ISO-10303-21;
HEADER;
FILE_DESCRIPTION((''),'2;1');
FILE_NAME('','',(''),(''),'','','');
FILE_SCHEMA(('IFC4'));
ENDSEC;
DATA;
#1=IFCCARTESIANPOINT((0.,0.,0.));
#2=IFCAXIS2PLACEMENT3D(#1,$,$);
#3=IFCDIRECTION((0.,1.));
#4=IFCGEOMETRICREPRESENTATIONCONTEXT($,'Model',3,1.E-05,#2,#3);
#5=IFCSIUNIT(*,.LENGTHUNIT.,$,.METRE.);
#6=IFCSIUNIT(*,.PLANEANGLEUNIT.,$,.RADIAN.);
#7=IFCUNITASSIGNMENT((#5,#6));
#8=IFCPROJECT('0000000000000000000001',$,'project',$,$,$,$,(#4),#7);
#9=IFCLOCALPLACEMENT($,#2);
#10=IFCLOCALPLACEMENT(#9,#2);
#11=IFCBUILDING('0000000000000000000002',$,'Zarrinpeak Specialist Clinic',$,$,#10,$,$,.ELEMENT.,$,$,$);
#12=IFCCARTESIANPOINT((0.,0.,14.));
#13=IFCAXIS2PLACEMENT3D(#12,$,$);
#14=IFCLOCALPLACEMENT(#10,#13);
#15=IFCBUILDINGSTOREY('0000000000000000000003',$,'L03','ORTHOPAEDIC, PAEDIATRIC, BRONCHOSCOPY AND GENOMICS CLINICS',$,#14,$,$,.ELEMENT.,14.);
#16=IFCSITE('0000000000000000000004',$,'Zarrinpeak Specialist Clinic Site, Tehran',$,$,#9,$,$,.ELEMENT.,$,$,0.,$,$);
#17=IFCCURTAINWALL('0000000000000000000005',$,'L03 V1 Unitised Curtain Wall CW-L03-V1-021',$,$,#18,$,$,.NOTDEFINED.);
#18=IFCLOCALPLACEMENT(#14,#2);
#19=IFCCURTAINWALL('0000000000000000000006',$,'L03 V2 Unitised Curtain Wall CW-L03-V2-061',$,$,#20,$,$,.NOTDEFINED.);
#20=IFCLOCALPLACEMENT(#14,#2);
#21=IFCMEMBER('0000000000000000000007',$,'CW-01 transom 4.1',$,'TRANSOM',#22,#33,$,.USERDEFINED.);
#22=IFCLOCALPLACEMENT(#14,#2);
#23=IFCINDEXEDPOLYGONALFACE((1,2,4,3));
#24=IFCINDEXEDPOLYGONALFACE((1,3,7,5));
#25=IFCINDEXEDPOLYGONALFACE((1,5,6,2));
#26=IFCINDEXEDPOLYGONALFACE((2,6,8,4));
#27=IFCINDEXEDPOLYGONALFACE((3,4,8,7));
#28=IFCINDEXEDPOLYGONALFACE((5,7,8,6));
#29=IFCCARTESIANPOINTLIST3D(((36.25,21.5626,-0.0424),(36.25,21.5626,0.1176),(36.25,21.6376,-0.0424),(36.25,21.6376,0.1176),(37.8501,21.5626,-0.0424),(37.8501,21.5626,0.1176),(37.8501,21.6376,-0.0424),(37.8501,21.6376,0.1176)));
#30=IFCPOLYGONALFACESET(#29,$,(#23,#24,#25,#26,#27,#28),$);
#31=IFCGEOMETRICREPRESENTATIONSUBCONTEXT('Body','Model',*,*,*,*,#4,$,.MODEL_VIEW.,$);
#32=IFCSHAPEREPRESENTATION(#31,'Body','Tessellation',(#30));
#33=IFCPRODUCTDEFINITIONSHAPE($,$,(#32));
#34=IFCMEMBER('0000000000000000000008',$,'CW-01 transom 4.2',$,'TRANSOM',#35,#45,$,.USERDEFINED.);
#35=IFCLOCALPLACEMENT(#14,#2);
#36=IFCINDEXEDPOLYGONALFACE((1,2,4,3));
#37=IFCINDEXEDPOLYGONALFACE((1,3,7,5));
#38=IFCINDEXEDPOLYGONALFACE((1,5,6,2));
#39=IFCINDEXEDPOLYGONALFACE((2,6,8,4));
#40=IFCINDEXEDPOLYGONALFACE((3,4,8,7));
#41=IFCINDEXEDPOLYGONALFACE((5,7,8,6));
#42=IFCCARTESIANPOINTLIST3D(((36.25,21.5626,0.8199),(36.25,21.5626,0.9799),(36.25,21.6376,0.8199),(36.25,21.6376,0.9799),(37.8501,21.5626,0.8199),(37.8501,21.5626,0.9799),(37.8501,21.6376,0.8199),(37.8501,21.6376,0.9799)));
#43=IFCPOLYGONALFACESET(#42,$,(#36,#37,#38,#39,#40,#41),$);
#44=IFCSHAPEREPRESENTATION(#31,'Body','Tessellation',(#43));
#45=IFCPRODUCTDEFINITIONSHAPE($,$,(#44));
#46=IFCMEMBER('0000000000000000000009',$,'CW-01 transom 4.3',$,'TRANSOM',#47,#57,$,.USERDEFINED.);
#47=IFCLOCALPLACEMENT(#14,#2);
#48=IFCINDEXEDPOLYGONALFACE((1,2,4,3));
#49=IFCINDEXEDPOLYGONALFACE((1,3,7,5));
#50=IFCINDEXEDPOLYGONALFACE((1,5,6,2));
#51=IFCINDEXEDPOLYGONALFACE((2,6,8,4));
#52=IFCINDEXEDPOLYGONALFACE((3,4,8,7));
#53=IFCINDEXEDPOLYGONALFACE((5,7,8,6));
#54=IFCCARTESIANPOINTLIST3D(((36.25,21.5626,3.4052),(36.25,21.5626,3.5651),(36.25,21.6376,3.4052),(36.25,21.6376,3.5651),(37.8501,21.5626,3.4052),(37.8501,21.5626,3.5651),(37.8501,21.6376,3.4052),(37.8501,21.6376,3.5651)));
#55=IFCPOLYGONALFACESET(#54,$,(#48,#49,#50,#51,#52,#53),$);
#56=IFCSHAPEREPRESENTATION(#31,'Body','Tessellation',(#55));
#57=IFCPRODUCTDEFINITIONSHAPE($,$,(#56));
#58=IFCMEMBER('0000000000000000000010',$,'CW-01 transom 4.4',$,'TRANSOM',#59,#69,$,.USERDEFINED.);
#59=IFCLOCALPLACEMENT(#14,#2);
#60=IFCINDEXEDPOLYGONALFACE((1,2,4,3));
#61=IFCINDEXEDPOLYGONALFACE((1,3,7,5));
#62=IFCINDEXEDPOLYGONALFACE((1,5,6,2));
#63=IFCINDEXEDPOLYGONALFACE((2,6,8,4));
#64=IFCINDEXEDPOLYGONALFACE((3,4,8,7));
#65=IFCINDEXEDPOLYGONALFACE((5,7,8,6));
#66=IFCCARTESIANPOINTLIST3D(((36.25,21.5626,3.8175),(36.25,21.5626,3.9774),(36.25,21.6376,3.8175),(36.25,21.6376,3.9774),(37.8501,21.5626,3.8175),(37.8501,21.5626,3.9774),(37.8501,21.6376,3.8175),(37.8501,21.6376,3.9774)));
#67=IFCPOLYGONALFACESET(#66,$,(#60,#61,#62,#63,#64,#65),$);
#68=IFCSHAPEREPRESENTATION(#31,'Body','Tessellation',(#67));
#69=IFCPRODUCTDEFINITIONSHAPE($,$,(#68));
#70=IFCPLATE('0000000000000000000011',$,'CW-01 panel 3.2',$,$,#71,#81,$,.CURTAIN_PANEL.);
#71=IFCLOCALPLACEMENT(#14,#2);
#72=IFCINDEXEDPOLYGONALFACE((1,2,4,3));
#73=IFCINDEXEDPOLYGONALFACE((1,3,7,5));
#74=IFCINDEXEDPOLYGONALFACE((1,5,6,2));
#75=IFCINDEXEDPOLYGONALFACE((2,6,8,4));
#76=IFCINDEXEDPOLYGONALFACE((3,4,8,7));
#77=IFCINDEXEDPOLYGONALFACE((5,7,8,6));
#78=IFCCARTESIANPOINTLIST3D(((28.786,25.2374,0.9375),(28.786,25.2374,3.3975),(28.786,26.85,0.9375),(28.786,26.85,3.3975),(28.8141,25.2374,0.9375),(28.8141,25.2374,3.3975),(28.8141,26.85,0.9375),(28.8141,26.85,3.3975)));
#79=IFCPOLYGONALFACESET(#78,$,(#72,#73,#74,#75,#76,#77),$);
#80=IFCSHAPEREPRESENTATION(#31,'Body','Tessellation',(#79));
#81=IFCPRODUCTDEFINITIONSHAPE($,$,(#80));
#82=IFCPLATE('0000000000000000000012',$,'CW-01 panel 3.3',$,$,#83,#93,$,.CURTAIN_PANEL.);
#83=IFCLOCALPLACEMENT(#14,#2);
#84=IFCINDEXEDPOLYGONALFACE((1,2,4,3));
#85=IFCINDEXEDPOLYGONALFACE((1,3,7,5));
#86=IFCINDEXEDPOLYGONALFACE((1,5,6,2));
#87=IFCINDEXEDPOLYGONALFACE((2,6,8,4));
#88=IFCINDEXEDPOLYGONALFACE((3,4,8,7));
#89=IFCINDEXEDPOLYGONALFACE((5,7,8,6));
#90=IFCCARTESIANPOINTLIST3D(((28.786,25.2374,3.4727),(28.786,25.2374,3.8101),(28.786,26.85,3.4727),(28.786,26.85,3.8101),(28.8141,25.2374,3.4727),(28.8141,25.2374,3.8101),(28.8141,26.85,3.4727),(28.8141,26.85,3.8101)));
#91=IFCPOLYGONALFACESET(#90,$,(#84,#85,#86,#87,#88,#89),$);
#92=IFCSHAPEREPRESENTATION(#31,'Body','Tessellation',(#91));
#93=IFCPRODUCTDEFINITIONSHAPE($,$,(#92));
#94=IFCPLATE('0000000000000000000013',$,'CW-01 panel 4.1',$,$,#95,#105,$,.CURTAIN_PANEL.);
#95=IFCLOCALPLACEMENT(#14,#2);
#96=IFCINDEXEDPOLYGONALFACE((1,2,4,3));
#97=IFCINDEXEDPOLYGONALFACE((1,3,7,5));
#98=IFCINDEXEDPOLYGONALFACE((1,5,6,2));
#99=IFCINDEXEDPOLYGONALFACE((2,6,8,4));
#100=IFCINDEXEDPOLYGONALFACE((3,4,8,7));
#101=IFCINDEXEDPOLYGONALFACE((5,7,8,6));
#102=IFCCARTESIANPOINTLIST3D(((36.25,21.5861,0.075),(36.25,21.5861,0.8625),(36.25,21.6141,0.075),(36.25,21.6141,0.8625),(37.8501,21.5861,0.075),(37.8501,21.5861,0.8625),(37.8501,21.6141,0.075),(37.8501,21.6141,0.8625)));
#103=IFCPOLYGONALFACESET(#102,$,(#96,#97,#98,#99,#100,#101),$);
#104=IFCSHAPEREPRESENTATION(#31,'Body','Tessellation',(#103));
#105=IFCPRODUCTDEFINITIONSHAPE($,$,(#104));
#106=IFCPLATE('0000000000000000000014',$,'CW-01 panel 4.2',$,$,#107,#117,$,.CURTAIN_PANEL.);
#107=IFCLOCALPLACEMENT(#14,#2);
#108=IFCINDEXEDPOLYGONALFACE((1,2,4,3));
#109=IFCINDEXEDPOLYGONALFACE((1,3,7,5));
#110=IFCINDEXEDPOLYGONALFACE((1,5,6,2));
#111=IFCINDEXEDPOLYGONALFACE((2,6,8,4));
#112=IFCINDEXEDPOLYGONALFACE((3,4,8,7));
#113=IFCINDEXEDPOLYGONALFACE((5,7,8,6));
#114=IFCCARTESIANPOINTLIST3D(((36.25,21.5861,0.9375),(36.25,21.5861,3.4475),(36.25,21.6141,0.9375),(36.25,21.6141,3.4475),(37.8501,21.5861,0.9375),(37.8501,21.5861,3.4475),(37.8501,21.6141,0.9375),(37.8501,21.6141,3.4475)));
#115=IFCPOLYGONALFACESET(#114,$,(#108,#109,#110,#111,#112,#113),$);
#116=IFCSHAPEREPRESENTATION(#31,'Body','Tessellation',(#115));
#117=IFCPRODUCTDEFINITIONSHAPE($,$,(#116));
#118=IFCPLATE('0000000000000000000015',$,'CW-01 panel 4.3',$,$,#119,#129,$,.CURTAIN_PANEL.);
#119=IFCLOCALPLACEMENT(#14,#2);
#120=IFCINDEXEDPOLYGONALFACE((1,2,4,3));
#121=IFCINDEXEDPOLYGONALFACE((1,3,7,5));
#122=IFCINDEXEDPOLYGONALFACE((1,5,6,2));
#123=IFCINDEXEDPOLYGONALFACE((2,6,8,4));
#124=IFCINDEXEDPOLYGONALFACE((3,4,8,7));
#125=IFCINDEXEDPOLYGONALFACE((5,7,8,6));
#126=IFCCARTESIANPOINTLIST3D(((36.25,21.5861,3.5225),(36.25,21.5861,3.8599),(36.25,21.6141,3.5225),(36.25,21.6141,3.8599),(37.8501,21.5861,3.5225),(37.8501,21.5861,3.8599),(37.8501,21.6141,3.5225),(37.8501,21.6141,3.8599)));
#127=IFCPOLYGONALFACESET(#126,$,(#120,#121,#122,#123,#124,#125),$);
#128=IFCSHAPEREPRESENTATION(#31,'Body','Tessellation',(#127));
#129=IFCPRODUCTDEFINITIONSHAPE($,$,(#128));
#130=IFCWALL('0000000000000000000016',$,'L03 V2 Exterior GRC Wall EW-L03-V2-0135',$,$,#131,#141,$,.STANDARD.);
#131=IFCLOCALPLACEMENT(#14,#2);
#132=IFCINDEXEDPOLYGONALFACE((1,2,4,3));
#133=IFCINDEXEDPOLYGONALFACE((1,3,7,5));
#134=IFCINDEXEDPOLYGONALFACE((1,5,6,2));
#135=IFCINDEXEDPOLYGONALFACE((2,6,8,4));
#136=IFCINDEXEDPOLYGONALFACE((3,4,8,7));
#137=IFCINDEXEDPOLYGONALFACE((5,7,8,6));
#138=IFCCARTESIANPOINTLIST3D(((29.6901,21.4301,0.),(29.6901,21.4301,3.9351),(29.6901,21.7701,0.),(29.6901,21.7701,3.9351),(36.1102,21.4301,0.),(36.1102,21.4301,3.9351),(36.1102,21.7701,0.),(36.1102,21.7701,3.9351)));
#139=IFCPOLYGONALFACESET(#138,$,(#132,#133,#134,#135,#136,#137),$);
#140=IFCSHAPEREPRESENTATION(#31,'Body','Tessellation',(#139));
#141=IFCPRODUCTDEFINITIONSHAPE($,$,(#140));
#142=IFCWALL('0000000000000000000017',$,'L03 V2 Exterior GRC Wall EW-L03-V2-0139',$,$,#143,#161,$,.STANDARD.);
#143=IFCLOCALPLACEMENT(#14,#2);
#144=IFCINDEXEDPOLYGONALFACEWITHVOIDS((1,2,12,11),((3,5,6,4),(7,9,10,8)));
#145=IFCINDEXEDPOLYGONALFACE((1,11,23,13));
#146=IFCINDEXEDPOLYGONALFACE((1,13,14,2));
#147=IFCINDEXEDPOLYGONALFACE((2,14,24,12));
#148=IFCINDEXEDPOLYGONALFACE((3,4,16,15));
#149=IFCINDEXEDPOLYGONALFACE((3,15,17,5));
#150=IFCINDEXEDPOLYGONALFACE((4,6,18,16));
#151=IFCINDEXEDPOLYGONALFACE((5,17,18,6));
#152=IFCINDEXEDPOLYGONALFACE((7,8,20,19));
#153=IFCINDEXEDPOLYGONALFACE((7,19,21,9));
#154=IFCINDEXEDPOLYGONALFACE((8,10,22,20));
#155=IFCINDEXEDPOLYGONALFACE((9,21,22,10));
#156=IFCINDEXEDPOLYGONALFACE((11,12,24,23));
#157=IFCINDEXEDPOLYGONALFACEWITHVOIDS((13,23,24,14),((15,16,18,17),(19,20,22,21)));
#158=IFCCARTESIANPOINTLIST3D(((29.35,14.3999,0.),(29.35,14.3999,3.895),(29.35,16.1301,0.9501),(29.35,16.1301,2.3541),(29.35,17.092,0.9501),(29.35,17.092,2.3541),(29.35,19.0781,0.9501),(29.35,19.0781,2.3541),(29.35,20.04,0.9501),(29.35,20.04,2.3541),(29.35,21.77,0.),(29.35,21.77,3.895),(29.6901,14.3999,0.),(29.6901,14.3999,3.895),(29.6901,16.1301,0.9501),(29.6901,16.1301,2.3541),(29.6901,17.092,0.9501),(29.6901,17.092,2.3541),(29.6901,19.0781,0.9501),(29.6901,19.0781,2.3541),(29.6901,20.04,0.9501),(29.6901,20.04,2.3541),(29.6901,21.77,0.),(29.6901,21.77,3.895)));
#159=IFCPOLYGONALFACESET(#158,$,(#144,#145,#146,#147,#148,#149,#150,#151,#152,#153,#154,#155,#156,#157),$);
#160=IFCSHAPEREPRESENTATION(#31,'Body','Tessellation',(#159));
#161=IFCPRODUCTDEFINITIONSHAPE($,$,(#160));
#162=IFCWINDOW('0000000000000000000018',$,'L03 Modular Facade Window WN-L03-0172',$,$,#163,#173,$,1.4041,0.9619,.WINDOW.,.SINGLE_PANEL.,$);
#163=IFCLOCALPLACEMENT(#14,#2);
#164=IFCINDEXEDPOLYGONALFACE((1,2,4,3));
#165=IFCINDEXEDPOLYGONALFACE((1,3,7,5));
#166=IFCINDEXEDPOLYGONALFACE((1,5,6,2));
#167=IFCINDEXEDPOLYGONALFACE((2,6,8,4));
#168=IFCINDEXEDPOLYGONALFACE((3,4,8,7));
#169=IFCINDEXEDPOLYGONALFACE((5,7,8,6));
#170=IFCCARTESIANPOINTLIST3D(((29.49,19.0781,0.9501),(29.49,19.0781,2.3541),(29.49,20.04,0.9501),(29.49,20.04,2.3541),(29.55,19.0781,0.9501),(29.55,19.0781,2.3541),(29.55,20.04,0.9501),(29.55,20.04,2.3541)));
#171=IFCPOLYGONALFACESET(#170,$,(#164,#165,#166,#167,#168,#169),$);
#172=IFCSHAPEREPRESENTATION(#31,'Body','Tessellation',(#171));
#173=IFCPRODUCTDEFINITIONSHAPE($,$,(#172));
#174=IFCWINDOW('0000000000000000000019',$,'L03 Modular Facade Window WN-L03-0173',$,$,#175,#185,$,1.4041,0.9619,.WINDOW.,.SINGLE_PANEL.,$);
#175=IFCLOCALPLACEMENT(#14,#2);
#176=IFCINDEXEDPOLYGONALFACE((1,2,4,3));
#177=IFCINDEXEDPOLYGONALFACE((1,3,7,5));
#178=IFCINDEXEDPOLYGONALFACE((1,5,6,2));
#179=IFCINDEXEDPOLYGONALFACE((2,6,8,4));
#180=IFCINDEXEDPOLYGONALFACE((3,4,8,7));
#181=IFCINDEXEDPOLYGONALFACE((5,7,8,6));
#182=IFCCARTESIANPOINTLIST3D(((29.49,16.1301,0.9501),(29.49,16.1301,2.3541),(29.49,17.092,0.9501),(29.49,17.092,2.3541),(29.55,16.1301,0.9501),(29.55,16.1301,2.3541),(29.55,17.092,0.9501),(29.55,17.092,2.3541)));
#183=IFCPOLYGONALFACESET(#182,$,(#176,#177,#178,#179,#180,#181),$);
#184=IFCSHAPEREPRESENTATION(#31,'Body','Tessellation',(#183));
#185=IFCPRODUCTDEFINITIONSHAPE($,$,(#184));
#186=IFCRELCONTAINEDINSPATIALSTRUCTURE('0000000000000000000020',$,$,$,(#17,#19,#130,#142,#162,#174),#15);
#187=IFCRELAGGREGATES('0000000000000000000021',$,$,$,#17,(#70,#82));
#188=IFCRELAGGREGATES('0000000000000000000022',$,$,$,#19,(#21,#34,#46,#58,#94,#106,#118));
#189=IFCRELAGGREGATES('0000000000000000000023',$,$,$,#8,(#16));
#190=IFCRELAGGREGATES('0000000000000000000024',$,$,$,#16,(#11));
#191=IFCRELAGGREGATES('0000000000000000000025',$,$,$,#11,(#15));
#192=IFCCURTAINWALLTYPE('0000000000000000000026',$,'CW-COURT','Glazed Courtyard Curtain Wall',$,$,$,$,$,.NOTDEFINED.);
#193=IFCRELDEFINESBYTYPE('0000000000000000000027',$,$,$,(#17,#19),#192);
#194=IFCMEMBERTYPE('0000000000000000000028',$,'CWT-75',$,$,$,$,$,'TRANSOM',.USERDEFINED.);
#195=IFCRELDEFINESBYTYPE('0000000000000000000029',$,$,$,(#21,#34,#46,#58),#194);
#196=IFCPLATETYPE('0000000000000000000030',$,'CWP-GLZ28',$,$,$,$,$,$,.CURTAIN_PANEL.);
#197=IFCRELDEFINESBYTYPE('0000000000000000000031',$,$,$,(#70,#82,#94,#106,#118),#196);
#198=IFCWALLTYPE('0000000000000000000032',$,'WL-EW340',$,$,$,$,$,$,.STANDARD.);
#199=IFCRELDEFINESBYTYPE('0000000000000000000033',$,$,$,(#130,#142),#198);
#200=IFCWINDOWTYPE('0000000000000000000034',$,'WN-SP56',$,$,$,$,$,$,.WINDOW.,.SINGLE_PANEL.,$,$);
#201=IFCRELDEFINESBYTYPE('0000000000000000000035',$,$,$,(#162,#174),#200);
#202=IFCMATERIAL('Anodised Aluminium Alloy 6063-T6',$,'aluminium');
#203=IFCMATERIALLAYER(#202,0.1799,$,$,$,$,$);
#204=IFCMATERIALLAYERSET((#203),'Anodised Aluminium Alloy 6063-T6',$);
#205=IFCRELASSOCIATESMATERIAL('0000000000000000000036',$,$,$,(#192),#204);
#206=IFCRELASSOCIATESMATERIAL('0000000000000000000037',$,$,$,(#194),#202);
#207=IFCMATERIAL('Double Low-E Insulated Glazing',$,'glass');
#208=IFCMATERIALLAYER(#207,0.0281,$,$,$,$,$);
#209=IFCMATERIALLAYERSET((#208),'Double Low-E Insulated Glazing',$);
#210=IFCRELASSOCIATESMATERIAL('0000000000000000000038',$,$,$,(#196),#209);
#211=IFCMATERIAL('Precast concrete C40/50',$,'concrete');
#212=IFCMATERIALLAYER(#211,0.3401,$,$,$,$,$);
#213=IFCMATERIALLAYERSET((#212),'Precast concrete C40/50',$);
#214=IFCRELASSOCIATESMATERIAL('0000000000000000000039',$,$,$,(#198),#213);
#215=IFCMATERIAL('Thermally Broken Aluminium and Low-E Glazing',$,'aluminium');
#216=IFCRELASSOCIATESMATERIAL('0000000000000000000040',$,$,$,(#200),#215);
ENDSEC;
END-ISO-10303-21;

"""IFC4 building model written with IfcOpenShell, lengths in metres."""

from ifc_helpers import new_model, si_unit, direction, frame, frame_2d, origin, origin_2d, place, context, subcontext, project, spatial, rectangle, extrude, material, layer, layer_set, material_profile, profile_set, type_object, element, fill, aggregate, save


model = new_model("IFC4")

# Units and contexts
model_context = context("Model", 3, precision=1e-05, world=origin(), true_north=direction((0.0, 1.0)))
body_context = subcontext(model_context, "Body", "Model", "MODEL_VIEW")
ifc_project = project(units=[si_unit("LENGTHUNIT", "METRE"), si_unit("PLANEANGLEUNIT", "RADIAN")], contexts=[model_context])

# Site, building, storey
site_placement = place(None, origin())
site = spatial("IfcSite", under=ifc_project, at=site_placement, Name="Zarrinpeak Specialist Clinic Site, Tehran", CompositionType="ELEMENT", RefElevation=0.0)
building_placement = place(site_placement, origin())
building = spatial("IfcBuilding", under=site, at=building_placement, Name="Zarrinpeak Specialist Clinic", CompositionType="ELEMENT")
storey_placement = place(building_placement, frame((0.0, 0.0, 14.0)))
storey = spatial("IfcBuildingStorey", under=building, at=storey_placement, Name="L03", Description="ORTHOPAEDIC, PAEDIATRIC, BRONCHOSCOPY AND GENOMICS CLINICS", CompositionType="ELEMENT", Elevation=14.0)

# Curtain wall
ifc_material_1 = material(Name="Anodised Aluminium Alloy 6063-T6", Category="aluminium")
ifc_layer_1 = layer(ifc_material_1, 0.1799)
ifc_layer_set_1 = layer_set([ifc_layer_1], Name="Anodised Aluminium Alloy 6063-T6")
curtain_wall_type = type_object("IfcCurtainWallType", Name="CW-COURT", Description="Glazed Courtyard Curtain Wall", PredefinedType="NOTDEFINED", material=ifc_layer_set_1)
curtain_wall_1_placement = place(storey_placement, origin())
curtain_wall_1 = element("IfcCurtainWall", 1, at=curtain_wall_1_placement, inside=storey, type_object=curtain_wall_type, Name="L03 V1 Unitised Curtain Wall CW-L03-V1-021", PredefinedType="NOTDEFINED")

# Curtain wall
curtain_wall_2_placement = place(storey_placement, origin())
curtain_wall_2 = element("IfcCurtainWall", 2, at=curtain_wall_2_placement, inside=storey, type_object=curtain_wall_type, Name="L03 V2 Unitised Curtain Wall CW-L03-V2-061", PredefinedType="NOTDEFINED")

# Members
ifc_material_profile_1 = material_profile(ifc_material_1, rectangle(XDim=0.075, YDim=0.1599, at=origin_2d()), Name="ALU 75x160")
ifc_profile_set_1 = profile_set([ifc_material_profile_1], Name="Anodised Aluminium Alloy 6063-T6")
member_type_1 = type_object("IfcMemberType", Name="CWT-75", ElementType="TRANSOM", PredefinedType="USERDEFINED", material=ifc_profile_set_1)
member_1_placement = place(storey_placement, frame((37.8501, 21.6001, 0.0376), z_axis=(-1.0, 0.0, 0.0), x_axis=(0.0, -1.0, 0.0)))
member_1 = element("IfcMember", 3, at=member_1_placement, type_object=member_type_1, Name="CW-01 transom 4.1", ObjectType="TRANSOM", PredefinedType="USERDEFINED", context=body_context, shape_type="SweptSolid", body=[
    extrude(rectangle(XDim=0.075, YDim=0.1599, at=origin_2d()), origin(), (0.0, 0.0, 1.0), 1.6001),
])
member_2_placement = place(storey_placement, frame((37.8501, 21.6001, 0.8999), z_axis=(-1.0, 0.0, 0.0), x_axis=(0.0, -1.0, 0.0)))
member_2 = element("IfcMember", 4, at=member_2_placement, type_object=member_type_1, Name="CW-01 transom 4.2", ObjectType="TRANSOM", PredefinedType="USERDEFINED", context=body_context, shape_type="SweptSolid", body=[
    extrude(rectangle(XDim=0.075, YDim=0.1599, at=origin_2d()), origin(), (0.0, 0.0, 1.0), 1.6001),
])
member_3_placement = place(storey_placement, frame((37.8501, 21.6001, 3.4851), z_axis=(-1.0, 0.0, 0.0), x_axis=(0.0, -1.0, 0.0)))
member_3 = element("IfcMember", 5, at=member_3_placement, type_object=member_type_1, Name="CW-01 transom 4.3", ObjectType="TRANSOM", PredefinedType="USERDEFINED", context=body_context, shape_type="SweptSolid", body=[
    extrude(rectangle(XDim=0.075, YDim=0.1599, at=origin_2d()), origin(), (0.0, 0.0, 1.0), 1.6001),
])
member_4_placement = place(storey_placement, frame((37.8501, 21.6001, 3.8975), z_axis=(-1.0, 0.0, 0.0), x_axis=(0.0, -1.0, 0.0)))
member_4 = element("IfcMember", 6, at=member_4_placement, type_object=member_type_1, Name="CW-01 transom 4.4", ObjectType="TRANSOM", PredefinedType="USERDEFINED", context=body_context, shape_type="SweptSolid", body=[
    extrude(rectangle(XDim=0.075, YDim=0.1599, at=origin_2d()), origin(), (0.0, 0.0, 1.0), 1.6001),
])

# Plates
ifc_material_2 = material(Name="Double Low-E Insulated Glazing", Category="glass")
ifc_layer_2 = layer(ifc_material_2, 0.0281)
ifc_layer_set_2 = layer_set([ifc_layer_2], Name="Double Low-E Insulated Glazing")
plate_type = type_object("IfcPlateType", Name="CWP-GLZ28", PredefinedType="CURTAIN_PANEL", material=ifc_layer_set_2)
plate_1_placement = place(storey_placement, frame((28.8, 26.0437, 0.9375), z_axis=(0.0, 0.0, 1.0), x_axis=(0.0, 1.0, 0.0)))
plate_1 = element("IfcPlate", 7, at=plate_1_placement, type_object=plate_type, Name="CW-01 panel 3.2", PredefinedType="CURTAIN_PANEL", context=body_context, shape_type="SweptSolid", body=[
    extrude(rectangle(XDim=1.6125, YDim=0.0281, at=origin_2d()), origin(), (0.0, 0.0, 1.0), 2.46),
])
plate_2_placement = place(storey_placement, frame((28.8, 26.0437, 3.4727), z_axis=(0.0, 0.0, 1.0), x_axis=(0.0, 1.0, 0.0)))
plate_2 = element("IfcPlate", 8, at=plate_2_placement, type_object=plate_type, Name="CW-01 panel 3.3", PredefinedType="CURTAIN_PANEL", context=body_context, shape_type="SweptSolid", body=[
    extrude(rectangle(XDim=1.6125, YDim=0.0281, at=origin_2d()), origin(), (0.0, 0.0, 1.0), 0.3374),
])
aggregate(curtain_wall_1, [plate_1, plate_2])
plate_3_placement = place(storey_placement, frame((37.05, 21.6001, 0.075), z_axis=(0.0, 0.0, 1.0), x_axis=(-1.0, 0.0, 0.0)))
plate_3 = element("IfcPlate", 9, at=plate_3_placement, type_object=plate_type, Name="CW-01 panel 4.1", PredefinedType="CURTAIN_PANEL", context=body_context, shape_type="SweptSolid", body=[
    extrude(rectangle(XDim=1.6001, YDim=0.0281, at=origin_2d()), origin(), (0.0, 0.0, 1.0), 0.7876),
])
plate_4_placement = place(storey_placement, frame((37.05, 21.6001, 0.9375), z_axis=(0.0, 0.0, 1.0), x_axis=(-1.0, 0.0, 0.0)))
plate_4 = element("IfcPlate", 10, at=plate_4_placement, type_object=plate_type, Name="CW-01 panel 4.2", PredefinedType="CURTAIN_PANEL", context=body_context, shape_type="SweptSolid", body=[
    extrude(rectangle(XDim=1.6001, YDim=0.0281, at=origin_2d()), origin(), (0.0, 0.0, 1.0), 2.51),
])
plate_5_placement = place(storey_placement, frame((37.05, 21.6001, 3.5225), z_axis=(0.0, 0.0, 1.0), x_axis=(-1.0, 0.0, 0.0)))
plate_5 = element("IfcPlate", 11, at=plate_5_placement, type_object=plate_type, Name="CW-01 panel 4.3", PredefinedType="CURTAIN_PANEL", context=body_context, shape_type="SweptSolid", body=[
    extrude(rectangle(XDim=1.6001, YDim=0.0281, at=origin_2d()), origin(), (0.0, 0.0, 1.0), 0.3374),
])
aggregate(curtain_wall_2, [member_1, member_2, member_3, member_4, plate_3, plate_4, plate_5])

# Wall
ifc_material_3 = material(Name="Precast concrete C40/50", Category="concrete")
ifc_layer_3 = layer(ifc_material_3, 0.3401)
ifc_layer_set_3 = layer_set([ifc_layer_3], Name="Precast concrete C40/50")
wall_type_1 = type_object("IfcWallType", Name="WL-EW340", PredefinedType="STANDARD", material=ifc_layer_set_3)
wall_1_placement = place(storey_placement, frame((36.1101, 21.6001, 0.0), z_axis=(0.0, 0.0, 1.0), x_axis=(-1.0, 0.0, 0.0)))
element("IfcWall", 12, at=wall_1_placement, inside=storey, type_object=wall_type_1, Name="L03 V2 Exterior GRC Wall EW-L03-V2-0135", PredefinedType="STANDARD", context=body_context, shape_type="SweptSolid", body=[
    extrude(rectangle(XDim=6.4202, YDim=0.3401, at=frame_2d((3.21, 0.0))), origin(), (0.0, 0.0, 1.0), 3.9351),
])

# Wall, openings, windows
wall_2_placement = place(storey_placement, frame((29.52, 21.77, 0.0), z_axis=(0.0, 0.0, 1.0), x_axis=(0.0, -1.0, 0.0)))
wall_2 = element("IfcWall", 13, at=wall_2_placement, inside=storey, type_object=wall_type_1, Name="L03 V2 Exterior GRC Wall EW-L03-V2-0139", PredefinedType="STANDARD", context=body_context, shape_type="SweptSolid", body=[
    extrude(rectangle(XDim=7.3701, YDim=0.3401, at=frame_2d((3.6851, 0.0))), origin(), (0.0, 0.0, 1.0), 3.895),
])
opening_1_placement = place(wall_2_placement, frame((1.73, 0.0, 0.95)))
opening_1 = element("IfcOpeningElement", 14, at=opening_1_placement, cuts=wall_2, PredefinedType="OPENING", context=body_context, shape_type="SweptSolid", body=[
    extrude(rectangle(XDim=0.9619, YDim=1.4041, at=frame_2d((0.481, 0.7021))), frame((0.0, 0.1802, 0.0), z_axis=(0.0, -1.0, 0.0), x_axis=(1.0, 0.0, 0.0)), (0.0, 0.0, 1.0), 0.3601),
])
opening_2_placement = place(wall_2_placement, frame((4.678, 0.0, 0.95)))
opening_2 = element("IfcOpeningElement", 15, at=opening_2_placement, cuts=wall_2, PredefinedType="OPENING", context=body_context, shape_type="SweptSolid", body=[
    extrude(rectangle(XDim=0.9619, YDim=1.4041, at=frame_2d((0.481, 0.7021))), frame((0.0, 0.1802, 0.0), z_axis=(0.0, -1.0, 0.0), x_axis=(1.0, 0.0, 0.0)), (0.0, 0.0, 1.0), 0.3601),
])
ifc_material_4 = material(Name="Thermally Broken Aluminium and Low-E Glazing", Category="aluminium")
window_type = type_object("IfcWindowType", Name="WN-SP56", PartitioningType="SINGLE_PANEL", PredefinedType="WINDOW", material=ifc_material_4)
window_1_placement = place(opening_1_placement, origin())
window_1 = element("IfcWindow", 16, at=window_1_placement, inside=storey, type_object=window_type, Name="L03 Modular Facade Window WN-L03-0172", OverallHeight=1.4041, OverallWidth=0.9619, PartitioningType="SINGLE_PANEL", PredefinedType="WINDOW", context=body_context, shape_type="SweptSolid", body=[
    extrude(rectangle(XDim=0.9619, YDim=1.4041, at=frame_2d((0.481, 0.7021))), frame((0.0, 0.03, 0.0), z_axis=(0.0, -1.0, 0.0), x_axis=(1.0, 0.0, 0.0)), (0.0, 0.0, 1.0), 0.0601),
])
fill(opening_1, window_1)
window_2_placement = place(opening_2_placement, origin())
window_2 = element("IfcWindow", 17, at=window_2_placement, inside=storey, type_object=window_type, Name="L03 Modular Facade Window WN-L03-0173", OverallHeight=1.4041, OverallWidth=0.9619, PartitioningType="SINGLE_PANEL", PredefinedType="WINDOW", context=body_context, shape_type="SweptSolid", body=[
    extrude(rectangle(XDim=0.9619, YDim=1.4041, at=frame_2d((0.481, 0.7021))), frame((0.0, 0.03, 0.0), z_axis=(0.0, -1.0, 0.0), x_axis=(1.0, 0.0, 0.0)), (0.0, 0.0, 1.0), 0.0601),
])
fill(opening_2, window_2)

save(model, "model.ifc")
